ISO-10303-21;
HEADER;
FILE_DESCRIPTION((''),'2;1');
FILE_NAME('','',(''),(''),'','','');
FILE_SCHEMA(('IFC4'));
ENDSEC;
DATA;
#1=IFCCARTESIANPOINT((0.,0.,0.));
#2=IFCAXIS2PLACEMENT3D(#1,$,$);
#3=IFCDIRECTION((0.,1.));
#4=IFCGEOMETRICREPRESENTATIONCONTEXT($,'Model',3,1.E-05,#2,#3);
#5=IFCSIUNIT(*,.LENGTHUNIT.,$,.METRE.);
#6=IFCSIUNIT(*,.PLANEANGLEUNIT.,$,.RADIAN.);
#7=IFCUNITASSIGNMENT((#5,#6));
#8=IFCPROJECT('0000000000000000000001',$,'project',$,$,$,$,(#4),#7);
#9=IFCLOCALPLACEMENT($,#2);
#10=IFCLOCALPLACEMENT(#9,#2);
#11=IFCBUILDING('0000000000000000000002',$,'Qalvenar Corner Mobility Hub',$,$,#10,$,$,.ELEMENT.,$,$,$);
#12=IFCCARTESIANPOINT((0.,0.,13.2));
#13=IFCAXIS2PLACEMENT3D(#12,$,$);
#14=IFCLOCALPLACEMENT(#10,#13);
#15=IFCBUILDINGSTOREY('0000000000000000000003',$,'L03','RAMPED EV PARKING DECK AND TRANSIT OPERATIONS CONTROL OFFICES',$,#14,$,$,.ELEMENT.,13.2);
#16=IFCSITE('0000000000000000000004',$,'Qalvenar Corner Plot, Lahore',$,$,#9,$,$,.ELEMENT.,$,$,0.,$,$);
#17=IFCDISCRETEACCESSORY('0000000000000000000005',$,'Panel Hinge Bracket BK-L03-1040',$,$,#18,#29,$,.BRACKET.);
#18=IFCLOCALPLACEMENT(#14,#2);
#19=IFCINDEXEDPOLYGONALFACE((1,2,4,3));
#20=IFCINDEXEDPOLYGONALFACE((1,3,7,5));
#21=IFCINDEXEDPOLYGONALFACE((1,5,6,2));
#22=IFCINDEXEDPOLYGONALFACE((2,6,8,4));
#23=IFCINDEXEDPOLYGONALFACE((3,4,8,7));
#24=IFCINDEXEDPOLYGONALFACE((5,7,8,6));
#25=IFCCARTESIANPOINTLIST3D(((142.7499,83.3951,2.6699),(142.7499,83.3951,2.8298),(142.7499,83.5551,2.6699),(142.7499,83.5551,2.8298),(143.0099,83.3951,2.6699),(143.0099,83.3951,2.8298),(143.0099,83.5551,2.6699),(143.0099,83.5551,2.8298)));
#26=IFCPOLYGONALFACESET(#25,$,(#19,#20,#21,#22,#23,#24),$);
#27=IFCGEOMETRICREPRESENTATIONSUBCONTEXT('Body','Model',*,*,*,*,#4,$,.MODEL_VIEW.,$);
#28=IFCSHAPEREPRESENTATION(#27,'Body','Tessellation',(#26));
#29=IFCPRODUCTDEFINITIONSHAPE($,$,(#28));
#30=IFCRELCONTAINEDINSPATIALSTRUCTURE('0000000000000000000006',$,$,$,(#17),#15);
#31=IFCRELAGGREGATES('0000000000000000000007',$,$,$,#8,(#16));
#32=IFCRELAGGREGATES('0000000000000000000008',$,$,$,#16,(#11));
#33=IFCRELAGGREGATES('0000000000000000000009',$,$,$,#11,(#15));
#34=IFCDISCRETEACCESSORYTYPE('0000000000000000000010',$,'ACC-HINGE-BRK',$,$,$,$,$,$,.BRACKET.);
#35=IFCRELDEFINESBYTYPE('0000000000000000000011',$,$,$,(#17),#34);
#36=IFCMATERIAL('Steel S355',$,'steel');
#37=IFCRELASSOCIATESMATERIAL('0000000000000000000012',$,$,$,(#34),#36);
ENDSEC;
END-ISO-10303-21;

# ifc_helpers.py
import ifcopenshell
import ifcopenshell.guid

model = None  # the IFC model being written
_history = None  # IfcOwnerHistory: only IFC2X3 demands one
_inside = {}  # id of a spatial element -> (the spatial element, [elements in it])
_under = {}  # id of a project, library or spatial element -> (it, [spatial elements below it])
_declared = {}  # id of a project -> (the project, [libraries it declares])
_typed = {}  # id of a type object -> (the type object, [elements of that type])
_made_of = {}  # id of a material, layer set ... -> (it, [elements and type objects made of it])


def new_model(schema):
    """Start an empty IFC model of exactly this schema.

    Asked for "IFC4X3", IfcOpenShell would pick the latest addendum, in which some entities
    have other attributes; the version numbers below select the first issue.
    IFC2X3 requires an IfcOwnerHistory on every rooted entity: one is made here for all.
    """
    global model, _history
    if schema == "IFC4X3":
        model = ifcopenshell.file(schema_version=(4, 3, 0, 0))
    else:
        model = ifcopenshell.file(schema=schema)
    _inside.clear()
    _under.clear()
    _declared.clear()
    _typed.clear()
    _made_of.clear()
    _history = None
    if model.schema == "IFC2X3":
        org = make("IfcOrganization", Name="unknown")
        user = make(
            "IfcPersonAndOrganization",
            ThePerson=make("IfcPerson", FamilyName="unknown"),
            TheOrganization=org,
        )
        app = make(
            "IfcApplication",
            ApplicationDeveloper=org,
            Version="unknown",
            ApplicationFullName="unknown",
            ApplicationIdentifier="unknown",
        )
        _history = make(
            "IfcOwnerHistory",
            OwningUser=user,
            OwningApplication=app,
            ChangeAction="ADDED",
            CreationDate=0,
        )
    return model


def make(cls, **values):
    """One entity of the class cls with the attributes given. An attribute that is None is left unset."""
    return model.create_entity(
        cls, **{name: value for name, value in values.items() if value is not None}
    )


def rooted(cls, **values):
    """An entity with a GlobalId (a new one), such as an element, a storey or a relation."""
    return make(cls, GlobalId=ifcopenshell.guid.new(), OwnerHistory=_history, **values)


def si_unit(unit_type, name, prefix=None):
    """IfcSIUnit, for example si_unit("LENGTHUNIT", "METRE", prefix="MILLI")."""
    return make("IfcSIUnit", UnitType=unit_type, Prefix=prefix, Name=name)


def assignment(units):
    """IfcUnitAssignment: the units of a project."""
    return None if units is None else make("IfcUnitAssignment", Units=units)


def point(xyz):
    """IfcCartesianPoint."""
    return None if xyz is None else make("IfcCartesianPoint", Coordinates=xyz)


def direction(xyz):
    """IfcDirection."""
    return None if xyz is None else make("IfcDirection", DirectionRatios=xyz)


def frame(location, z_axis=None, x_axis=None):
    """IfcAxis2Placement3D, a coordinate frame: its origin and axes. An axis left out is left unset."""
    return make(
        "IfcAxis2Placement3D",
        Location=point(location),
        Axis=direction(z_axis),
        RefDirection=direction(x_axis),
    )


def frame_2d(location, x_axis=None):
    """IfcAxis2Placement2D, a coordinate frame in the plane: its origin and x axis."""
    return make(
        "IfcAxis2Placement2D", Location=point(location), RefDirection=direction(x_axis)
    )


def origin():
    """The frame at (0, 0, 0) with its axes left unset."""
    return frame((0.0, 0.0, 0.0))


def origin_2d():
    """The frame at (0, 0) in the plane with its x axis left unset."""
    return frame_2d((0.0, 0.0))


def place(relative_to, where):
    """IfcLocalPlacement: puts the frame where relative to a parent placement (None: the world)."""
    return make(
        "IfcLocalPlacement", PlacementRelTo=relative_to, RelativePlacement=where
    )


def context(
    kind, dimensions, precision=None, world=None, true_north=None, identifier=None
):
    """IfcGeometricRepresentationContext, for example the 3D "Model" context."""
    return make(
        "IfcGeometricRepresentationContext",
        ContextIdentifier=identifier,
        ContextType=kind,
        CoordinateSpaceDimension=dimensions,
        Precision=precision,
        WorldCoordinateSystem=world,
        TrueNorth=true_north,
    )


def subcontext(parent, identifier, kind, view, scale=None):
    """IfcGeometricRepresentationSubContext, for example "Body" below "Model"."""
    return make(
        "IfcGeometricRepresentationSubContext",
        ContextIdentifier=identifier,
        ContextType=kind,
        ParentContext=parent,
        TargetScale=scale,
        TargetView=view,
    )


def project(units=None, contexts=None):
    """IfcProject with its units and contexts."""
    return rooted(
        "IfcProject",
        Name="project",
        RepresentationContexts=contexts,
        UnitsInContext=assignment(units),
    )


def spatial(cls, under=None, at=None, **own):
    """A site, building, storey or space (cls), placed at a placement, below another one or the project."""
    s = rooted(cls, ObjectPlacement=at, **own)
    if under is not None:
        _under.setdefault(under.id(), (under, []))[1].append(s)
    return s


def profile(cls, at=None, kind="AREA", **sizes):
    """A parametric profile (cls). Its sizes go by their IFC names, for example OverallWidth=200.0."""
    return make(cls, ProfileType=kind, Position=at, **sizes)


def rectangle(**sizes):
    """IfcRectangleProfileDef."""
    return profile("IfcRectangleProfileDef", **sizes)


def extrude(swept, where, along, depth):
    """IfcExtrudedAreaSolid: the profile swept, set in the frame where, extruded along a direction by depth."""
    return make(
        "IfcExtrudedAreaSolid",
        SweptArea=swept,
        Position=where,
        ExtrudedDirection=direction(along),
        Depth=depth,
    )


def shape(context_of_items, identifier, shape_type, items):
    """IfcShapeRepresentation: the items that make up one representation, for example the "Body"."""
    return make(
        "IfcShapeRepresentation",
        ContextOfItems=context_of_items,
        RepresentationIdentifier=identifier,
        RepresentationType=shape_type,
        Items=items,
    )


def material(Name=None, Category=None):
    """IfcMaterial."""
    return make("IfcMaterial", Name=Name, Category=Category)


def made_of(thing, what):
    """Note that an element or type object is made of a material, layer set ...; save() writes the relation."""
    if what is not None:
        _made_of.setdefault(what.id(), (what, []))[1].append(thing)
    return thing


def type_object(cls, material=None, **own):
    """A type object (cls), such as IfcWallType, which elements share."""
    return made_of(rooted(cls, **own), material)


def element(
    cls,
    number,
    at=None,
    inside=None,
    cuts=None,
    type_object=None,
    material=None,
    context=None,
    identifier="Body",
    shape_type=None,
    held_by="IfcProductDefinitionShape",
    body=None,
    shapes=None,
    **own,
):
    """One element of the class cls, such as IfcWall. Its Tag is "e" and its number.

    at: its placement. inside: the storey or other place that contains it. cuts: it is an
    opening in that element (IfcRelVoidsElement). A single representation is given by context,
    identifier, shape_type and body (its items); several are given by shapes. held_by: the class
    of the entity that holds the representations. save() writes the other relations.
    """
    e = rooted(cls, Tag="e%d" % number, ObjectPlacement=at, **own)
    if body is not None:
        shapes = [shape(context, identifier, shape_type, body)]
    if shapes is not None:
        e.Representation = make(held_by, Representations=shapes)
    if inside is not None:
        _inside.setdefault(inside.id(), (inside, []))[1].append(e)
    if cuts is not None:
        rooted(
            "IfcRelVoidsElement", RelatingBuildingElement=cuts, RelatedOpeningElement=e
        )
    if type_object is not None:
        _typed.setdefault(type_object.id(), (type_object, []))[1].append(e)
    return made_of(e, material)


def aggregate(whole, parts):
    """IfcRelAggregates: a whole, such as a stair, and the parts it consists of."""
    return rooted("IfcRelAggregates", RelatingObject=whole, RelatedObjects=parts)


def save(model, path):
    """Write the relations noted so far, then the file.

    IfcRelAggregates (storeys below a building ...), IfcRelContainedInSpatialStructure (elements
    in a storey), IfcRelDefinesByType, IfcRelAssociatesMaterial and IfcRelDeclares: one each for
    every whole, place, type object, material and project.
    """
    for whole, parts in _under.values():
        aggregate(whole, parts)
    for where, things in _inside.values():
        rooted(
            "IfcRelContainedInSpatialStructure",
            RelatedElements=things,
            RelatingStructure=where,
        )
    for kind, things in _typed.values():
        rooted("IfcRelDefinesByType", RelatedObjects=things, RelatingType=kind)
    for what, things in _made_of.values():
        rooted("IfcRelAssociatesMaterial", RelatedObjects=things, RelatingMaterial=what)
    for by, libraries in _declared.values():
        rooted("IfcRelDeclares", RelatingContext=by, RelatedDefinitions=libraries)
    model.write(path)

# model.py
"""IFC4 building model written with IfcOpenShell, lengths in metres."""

from ifc_helpers import new_model, si_unit, direction, frame, origin, origin_2d, place, context, subcontext, project, spatial, rectangle, extrude, material, type_object, element, save


model = new_model("IFC4")

# Units and contexts
model_context = context("Model", 3, precision=1e-05, world=origin(), true_north=direction((0.0, 1.0)))
body_context = subcontext(model_context, "Body", "Model", "MODEL_VIEW")
ifc_project = project(units=[si_unit("LENGTHUNIT", "METRE"), si_unit("PLANEANGLEUNIT", "RADIAN")], contexts=[model_context])

# Site, building, storey
site_placement = place(None, origin())
site = spatial("IfcSite", under=ifc_project, at=site_placement, Name="Qalvenar Corner Plot, Lahore", CompositionType="ELEMENT", RefElevation=0.0)
building_placement = place(site_placement, origin())
building = spatial("IfcBuilding", under=site, at=building_placement, Name="Qalvenar Corner Mobility Hub", CompositionType="ELEMENT")
storey_placement = place(building_placement, frame((0.0, 0.0, 13.2)))
storey = spatial("IfcBuildingStorey", under=building, at=storey_placement, Name="L03", Description="RAMPED EV PARKING DECK AND TRANSIT OPERATIONS CONTROL OFFICES", CompositionType="ELEMENT", Elevation=13.2)

# Shared definitions
ifc_material_1 = material(Name="Steel S355", Category="steel")

# Discrete accessory
discrete_accessory_type = type_object("IfcDiscreteAccessoryType", Name="ACC-HINGE-BRK", PredefinedType="BRACKET", material=ifc_material_1)
for number, where, z_axis, x_axis, name in (
    (1, (142.8799, 83.4751, 2.6699), (0.0, 0.0, 1.0), (0.0, 1.0, 0.0), "Panel Hinge Bracket BK-L03-1040"),
):
    element("IfcDiscreteAccessory", number, at=place(storey_placement, frame(where, z_axis=z_axis, x_axis=x_axis)), inside=storey, type_object=discrete_accessory_type, Name=name, PredefinedType="BRACKET", context=body_context, shape_type="SweptSolid", body=[
        extrude(rectangle(XDim=0.1599, YDim=0.26, at=origin_2d()), origin(), (0.0, 0.0, 1.0), 0.1599),
    ])

save(model, "model.ifc")
